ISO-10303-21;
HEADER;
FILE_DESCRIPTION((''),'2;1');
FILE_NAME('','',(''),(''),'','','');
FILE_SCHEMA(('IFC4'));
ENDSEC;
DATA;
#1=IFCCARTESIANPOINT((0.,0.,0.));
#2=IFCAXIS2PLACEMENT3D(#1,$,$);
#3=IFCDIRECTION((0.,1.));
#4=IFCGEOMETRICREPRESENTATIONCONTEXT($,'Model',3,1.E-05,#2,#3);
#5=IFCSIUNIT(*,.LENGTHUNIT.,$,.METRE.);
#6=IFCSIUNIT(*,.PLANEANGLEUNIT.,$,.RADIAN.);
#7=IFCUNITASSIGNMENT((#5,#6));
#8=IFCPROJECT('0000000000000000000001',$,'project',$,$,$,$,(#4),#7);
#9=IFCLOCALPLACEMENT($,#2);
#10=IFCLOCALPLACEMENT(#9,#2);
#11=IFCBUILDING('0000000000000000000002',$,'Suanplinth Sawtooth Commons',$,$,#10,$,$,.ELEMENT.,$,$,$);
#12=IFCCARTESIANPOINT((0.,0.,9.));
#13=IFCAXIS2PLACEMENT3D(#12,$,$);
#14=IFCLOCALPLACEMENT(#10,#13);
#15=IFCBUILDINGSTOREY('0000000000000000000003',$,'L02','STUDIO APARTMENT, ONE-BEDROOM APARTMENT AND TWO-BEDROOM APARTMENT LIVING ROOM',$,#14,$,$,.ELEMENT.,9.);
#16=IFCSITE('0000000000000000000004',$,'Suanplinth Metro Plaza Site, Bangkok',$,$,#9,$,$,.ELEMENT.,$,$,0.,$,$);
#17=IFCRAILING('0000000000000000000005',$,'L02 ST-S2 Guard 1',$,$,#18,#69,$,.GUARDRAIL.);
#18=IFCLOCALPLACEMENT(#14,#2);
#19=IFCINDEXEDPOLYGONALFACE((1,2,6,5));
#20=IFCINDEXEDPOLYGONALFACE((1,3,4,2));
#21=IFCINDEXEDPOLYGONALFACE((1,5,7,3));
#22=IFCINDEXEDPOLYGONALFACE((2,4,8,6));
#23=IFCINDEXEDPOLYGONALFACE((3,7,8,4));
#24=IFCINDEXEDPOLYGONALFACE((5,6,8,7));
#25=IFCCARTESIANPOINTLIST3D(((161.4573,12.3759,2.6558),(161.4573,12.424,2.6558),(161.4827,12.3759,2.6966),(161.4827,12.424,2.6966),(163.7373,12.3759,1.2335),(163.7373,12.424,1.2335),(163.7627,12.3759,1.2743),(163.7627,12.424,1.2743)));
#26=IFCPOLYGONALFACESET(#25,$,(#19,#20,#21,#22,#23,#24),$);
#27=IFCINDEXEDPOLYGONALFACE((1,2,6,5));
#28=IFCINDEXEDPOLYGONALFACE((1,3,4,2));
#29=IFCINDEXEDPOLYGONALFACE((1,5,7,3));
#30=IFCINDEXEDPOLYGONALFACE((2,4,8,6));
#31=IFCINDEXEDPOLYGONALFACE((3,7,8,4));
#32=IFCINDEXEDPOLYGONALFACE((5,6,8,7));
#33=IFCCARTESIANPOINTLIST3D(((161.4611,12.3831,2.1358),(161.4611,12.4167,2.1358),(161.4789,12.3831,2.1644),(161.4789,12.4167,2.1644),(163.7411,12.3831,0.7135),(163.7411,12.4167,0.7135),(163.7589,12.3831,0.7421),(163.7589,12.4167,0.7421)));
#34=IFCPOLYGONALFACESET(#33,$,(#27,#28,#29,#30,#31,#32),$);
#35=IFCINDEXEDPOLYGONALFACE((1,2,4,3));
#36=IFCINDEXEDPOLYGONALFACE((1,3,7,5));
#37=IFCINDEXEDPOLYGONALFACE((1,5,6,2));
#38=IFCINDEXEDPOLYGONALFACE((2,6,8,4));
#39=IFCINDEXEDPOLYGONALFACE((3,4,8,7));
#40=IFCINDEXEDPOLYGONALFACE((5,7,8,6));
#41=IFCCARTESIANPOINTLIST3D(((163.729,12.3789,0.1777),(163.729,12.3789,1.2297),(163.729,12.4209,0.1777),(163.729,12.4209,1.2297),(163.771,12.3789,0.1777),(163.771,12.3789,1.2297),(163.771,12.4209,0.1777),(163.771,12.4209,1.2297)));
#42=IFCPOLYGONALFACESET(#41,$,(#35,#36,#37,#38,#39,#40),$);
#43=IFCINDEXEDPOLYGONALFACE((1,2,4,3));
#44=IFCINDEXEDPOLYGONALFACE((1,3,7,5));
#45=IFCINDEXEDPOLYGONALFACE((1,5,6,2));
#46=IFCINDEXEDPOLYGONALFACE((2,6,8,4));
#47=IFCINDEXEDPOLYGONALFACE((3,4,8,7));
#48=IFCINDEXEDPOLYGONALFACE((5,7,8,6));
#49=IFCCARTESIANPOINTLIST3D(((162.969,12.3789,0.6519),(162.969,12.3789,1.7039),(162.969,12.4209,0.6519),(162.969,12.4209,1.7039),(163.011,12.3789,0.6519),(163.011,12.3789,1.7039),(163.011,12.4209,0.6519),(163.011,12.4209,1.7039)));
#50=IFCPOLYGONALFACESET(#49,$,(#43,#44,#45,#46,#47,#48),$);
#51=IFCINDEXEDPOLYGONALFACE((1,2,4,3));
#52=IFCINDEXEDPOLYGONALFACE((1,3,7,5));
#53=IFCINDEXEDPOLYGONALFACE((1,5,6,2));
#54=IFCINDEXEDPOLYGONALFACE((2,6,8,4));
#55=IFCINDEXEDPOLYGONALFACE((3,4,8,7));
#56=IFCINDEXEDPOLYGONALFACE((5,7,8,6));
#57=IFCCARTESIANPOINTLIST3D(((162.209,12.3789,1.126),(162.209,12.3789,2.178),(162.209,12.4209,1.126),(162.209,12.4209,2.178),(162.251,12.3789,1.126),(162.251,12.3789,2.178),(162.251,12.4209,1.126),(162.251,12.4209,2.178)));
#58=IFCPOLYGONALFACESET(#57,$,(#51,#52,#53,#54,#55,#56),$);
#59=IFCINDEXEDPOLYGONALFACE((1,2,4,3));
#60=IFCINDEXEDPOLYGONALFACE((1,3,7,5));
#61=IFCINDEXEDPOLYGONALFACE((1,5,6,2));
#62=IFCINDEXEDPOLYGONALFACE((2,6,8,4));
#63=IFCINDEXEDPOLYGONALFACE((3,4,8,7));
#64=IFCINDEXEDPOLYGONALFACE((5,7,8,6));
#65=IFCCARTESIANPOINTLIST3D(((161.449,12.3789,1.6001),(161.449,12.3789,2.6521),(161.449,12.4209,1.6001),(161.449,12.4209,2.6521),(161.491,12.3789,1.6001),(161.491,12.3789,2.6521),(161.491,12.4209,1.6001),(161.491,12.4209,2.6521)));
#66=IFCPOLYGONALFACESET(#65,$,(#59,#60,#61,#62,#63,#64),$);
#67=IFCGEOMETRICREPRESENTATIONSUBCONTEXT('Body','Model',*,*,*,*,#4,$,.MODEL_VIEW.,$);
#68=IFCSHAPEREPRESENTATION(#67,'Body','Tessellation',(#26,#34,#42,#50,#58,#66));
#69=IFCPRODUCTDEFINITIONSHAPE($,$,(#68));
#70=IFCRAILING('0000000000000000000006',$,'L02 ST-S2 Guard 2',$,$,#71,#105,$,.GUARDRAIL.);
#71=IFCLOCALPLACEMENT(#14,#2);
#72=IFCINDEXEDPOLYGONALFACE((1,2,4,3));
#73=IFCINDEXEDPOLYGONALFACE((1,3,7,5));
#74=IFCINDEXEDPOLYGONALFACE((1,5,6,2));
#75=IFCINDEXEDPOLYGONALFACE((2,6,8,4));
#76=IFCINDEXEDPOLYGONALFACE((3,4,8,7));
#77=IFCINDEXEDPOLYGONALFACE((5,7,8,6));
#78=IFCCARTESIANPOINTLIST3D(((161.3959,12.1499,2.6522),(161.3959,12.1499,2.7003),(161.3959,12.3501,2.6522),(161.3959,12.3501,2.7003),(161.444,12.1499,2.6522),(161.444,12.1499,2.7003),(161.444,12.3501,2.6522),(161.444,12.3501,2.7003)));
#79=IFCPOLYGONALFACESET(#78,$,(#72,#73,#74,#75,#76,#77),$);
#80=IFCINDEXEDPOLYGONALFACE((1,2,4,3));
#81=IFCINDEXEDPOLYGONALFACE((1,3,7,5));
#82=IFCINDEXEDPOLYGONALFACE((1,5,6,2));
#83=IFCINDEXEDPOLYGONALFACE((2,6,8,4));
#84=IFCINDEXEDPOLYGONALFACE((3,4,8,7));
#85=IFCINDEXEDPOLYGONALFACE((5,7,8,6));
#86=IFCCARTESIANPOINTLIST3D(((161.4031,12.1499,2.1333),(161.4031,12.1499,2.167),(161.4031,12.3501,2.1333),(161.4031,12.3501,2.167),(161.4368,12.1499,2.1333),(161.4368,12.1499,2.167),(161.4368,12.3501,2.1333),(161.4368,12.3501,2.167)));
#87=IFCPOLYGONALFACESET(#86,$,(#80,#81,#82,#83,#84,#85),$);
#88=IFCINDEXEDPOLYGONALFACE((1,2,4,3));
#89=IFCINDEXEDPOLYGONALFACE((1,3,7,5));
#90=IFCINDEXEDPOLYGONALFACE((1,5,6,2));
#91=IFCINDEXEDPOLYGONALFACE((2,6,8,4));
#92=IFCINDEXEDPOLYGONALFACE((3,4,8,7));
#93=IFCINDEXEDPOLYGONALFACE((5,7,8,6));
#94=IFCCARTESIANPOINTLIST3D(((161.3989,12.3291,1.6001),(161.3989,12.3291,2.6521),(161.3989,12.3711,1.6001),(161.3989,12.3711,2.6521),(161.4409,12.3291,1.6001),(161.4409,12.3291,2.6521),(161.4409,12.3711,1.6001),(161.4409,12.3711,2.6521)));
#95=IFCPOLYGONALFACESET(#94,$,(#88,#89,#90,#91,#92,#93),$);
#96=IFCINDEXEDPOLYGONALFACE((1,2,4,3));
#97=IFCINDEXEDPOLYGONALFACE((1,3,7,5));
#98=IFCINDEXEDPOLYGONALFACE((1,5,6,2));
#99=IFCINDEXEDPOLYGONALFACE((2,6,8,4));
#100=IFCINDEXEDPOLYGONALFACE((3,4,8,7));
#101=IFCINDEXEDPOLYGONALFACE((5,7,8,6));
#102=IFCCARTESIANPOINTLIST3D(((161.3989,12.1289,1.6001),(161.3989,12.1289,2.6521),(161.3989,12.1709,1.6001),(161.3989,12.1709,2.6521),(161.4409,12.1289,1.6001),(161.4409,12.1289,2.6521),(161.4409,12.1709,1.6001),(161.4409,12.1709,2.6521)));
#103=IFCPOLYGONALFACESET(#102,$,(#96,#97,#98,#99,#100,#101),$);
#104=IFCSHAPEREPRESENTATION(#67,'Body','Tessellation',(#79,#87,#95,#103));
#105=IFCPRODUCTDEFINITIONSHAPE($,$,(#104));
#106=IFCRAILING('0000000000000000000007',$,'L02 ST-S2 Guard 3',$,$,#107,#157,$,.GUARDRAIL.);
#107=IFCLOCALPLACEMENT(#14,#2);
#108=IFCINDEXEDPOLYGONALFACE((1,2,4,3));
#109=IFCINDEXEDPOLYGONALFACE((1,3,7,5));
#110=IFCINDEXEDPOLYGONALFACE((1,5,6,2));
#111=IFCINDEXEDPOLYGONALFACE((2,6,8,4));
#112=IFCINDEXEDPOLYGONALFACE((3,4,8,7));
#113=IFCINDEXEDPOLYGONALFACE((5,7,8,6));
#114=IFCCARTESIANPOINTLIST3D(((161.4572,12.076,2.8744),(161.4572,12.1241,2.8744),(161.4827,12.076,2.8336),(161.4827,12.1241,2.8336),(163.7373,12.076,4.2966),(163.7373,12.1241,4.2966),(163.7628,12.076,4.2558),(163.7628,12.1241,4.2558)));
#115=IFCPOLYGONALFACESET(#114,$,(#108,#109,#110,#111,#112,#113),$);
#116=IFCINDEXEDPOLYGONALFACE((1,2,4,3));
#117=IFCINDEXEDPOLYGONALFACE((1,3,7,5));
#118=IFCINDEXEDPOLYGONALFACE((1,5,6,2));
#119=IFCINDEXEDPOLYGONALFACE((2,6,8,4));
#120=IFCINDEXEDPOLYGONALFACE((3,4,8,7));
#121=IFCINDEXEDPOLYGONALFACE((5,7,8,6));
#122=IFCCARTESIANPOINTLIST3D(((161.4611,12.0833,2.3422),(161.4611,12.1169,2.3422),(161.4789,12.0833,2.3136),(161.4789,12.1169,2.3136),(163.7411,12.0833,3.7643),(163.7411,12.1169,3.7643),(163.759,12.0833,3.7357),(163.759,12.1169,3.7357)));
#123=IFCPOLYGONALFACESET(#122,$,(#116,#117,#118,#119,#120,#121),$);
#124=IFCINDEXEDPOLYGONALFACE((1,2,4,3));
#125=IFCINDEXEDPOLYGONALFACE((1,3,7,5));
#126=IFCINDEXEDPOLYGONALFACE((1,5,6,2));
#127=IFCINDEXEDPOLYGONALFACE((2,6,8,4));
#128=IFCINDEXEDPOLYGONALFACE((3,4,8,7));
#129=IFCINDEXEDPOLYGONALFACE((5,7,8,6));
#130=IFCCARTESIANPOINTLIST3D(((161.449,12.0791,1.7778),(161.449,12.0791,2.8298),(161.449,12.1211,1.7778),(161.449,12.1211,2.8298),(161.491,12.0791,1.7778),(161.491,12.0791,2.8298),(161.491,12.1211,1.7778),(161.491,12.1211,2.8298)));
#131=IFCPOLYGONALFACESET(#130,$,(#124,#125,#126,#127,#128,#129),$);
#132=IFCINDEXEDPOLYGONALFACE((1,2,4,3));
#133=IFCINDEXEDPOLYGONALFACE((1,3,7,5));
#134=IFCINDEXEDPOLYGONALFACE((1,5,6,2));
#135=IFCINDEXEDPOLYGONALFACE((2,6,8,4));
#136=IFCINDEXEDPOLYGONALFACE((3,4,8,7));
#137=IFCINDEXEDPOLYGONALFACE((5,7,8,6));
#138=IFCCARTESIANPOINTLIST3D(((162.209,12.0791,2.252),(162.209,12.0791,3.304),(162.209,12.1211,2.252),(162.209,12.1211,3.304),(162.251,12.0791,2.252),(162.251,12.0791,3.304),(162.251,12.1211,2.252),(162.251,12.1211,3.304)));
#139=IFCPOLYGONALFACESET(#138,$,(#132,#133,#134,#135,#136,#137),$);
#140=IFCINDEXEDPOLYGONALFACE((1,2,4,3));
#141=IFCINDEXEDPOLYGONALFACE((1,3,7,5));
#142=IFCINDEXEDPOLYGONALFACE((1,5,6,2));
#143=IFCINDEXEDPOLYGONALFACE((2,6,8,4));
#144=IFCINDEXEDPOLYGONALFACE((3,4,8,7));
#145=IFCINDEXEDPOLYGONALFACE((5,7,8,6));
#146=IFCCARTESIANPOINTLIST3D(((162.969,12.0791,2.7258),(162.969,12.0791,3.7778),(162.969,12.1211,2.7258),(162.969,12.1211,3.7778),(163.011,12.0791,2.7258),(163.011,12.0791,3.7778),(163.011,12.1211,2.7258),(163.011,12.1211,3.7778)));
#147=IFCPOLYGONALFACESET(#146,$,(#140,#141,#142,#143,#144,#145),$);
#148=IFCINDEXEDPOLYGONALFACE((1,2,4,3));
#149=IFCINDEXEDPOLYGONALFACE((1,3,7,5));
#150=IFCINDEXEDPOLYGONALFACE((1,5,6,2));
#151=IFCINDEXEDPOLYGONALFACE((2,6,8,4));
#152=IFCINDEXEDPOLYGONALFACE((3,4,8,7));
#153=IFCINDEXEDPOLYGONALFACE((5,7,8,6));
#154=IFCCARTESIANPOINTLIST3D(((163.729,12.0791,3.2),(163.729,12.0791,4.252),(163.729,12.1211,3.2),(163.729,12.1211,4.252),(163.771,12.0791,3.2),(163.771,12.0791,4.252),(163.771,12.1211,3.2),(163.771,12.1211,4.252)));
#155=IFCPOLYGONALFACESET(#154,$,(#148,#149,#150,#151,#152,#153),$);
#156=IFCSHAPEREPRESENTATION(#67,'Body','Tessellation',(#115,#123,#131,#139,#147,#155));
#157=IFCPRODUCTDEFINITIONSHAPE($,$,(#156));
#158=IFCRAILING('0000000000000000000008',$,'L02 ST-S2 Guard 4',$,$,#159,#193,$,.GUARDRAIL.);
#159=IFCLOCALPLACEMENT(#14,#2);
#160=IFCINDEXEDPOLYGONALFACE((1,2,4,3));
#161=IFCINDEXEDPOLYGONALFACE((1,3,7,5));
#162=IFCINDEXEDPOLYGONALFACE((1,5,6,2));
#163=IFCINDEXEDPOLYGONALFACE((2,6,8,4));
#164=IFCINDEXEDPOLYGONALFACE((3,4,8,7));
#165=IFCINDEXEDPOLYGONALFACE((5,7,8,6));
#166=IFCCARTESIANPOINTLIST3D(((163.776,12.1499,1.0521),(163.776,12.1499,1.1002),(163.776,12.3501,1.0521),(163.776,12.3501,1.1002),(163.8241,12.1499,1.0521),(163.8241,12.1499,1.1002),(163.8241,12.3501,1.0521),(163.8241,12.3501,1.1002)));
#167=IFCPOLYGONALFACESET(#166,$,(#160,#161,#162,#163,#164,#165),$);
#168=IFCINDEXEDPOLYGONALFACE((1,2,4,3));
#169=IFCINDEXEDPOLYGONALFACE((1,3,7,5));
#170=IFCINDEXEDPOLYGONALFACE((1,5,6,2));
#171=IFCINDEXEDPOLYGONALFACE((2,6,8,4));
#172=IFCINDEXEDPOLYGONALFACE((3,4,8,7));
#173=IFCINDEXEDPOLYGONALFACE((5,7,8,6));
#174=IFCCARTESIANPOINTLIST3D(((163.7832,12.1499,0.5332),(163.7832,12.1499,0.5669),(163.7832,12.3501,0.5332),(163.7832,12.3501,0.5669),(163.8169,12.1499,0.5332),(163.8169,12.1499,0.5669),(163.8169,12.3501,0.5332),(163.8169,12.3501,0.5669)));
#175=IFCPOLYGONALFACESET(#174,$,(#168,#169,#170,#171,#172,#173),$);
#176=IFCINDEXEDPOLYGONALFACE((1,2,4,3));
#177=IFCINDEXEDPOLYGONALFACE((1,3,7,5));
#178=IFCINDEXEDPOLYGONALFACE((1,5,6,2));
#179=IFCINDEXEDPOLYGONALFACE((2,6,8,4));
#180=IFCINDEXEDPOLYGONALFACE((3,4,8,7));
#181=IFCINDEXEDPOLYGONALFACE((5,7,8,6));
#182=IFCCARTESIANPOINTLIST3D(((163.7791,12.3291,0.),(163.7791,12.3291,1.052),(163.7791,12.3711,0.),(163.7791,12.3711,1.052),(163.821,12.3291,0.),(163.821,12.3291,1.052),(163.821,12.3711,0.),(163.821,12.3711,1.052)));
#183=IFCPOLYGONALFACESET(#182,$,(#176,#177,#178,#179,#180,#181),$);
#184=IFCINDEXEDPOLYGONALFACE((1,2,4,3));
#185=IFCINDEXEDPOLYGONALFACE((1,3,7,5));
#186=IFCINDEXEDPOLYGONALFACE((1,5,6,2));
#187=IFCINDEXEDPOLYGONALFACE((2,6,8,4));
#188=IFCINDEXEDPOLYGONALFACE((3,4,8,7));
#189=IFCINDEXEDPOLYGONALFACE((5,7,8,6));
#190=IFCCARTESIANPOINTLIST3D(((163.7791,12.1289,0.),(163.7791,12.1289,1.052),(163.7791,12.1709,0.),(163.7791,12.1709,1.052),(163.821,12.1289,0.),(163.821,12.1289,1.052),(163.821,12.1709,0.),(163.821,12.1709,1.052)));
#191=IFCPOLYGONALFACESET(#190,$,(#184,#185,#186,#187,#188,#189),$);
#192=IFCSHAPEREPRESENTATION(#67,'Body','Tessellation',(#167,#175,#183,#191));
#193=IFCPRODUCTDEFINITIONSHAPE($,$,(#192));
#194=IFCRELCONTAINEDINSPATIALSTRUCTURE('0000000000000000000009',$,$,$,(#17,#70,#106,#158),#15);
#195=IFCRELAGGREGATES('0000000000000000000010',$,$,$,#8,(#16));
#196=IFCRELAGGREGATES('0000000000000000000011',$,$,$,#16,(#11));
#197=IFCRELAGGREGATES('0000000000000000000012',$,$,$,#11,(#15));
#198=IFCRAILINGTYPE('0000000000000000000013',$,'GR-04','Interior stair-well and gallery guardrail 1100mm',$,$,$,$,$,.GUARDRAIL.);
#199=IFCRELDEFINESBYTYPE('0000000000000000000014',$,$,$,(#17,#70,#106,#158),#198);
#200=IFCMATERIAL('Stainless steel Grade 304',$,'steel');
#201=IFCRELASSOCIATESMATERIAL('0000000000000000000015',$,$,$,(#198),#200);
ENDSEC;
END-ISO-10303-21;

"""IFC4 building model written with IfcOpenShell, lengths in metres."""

from ifc_helpers import new_model, si_unit, direction, frame, origin, origin_2d, place, context, subcontext, project, spatial, rectangle, extrude, material, type_object, element, save


model = new_model("IFC4")

# Units and contexts
model_context = context("Model", 3, precision=1e-05, world=origin(), true_north=direction((0.0, 1.0)))
body_context = subcontext(model_context, "Body", "Model", "MODEL_VIEW")
ifc_project = project(units=[si_unit("LENGTHUNIT", "METRE"), si_unit("PLANEANGLEUNIT", "RADIAN")], contexts=[model_context])

# Site, building, storey
site_placement = place(None, origin())
site = spatial("IfcSite", under=ifc_project, at=site_placement, Name="Suanplinth Metro Plaza Site, Bangkok", CompositionType="ELEMENT", RefElevation=0.0)
building_placement = place(site_placement, origin())
building = spatial("IfcBuilding", under=site, at=building_placement, Name="Suanplinth Sawtooth Commons", CompositionType="ELEMENT")
storey_placement = place(building_placement, frame((0.0, 0.0, 9.0)))
storey = spatial("IfcBuildingStorey", under=building, at=storey_placement, Name="L02", Description="STUDIO APARTMENT, ONE-BEDROOM APARTMENT AND TWO-BEDROOM APARTMENT LIVING ROOM", CompositionType="ELEMENT", Elevation=9.0)

# Railings
ifc_material_1 = material(Name="Stainless steel Grade 304", Category="steel")
railing_type_1 = type_object("IfcRailingType", Name="GR-04", Description="Interior stair-well and gallery guardrail 1100mm", PredefinedType="GUARDRAIL", material=ifc_material_1)
railing_1_placement = place(storey_placement, frame((163.75, 12.3999, 0.1777)))
element("IfcRailing", 1, at=railing_1_placement, inside=storey, type_object=railing_type_1, Name="L02 ST-S2 Guard 1", PredefinedType="GUARDRAIL", context=body_context, shape_type="SweptSolid", body=[
    extrude(rectangle(XDim=0.0481, YDim=0.0481, at=origin_2d()), frame((0.0, 0.0, 1.0762), z_axis=(-0.848442, 0.0, 0.529288), x_axis=(0.0, -1.0, 0.0)), (0.0, 0.0, 1.0), 2.6873),
    extrude(rectangle(XDim=0.0337, YDim=0.0337, at=origin_2d()), frame((0.0, 0.0, 0.55), z_axis=(-0.848442, 0.0, 0.529288), x_axis=(0.0, -1.0, 0.0)), (0.0, 0.0, 1.0), 2.6873),
    extrude(rectangle(XDim=0.042, YDim=0.042, at=origin_2d()), origin(), (0.0, 0.0, 1.0), 1.052),
    extrude(rectangle(XDim=0.042, YDim=0.042, at=origin_2d()), frame((-0.76, 0.0, 0.4741)), (0.0, 0.0, 1.0), 1.052),
    extrude(rectangle(XDim=0.042, YDim=0.042, at=origin_2d()), frame((-1.52, 0.0, 0.9482)), (0.0, 0.0, 1.0), 1.052),
    extrude(rectangle(XDim=0.042, YDim=0.042, at=origin_2d()), frame((-2.28, 0.0, 1.4224)), (0.0, 0.0, 1.0), 1.052),
])
railing_2_placement = place(storey_placement, frame((161.4199, 12.3501, 1.6001)))
element("IfcRailing", 2, at=railing_2_placement, inside=storey, type_object=railing_type_1, Name="L02 ST-S2 Guard 2", PredefinedType="GUARDRAIL", context=body_context, shape_type="SweptSolid", body=[
    extrude(rectangle(XDim=0.0481, YDim=0.0481, at=origin_2d()), frame((0.0, 0.0, 1.0762), z_axis=(0.0, -1.0, 0.0), x_axis=(1.0, 0.0, 0.0)), (0.0, 0.0, 1.0), 0.2002),
    extrude(rectangle(XDim=0.0337, YDim=0.0337, at=origin_2d()), frame((0.0, 0.0, 0.55), z_axis=(0.0, -1.0, 0.0), x_axis=(1.0, 0.0, 0.0)), (0.0, 0.0, 1.0), 0.2002),
    extrude(rectangle(XDim=0.042, YDim=0.042, at=origin_2d()), origin(), (0.0, 0.0, 1.0), 1.052),
    extrude(rectangle(XDim=0.042, YDim=0.042, at=origin_2d()), frame((0.0, -0.2002, 0.0)), (0.0, 0.0, 1.0), 1.052),
])
railing_3_placement = place(storey_placement, frame((161.47, 12.1001, 1.7778)))
element("IfcRailing", 3, at=railing_3_placement, inside=storey, type_object=railing_type_1, Name="L02 ST-S2 Guard 3", PredefinedType="GUARDRAIL", context=body_context, shape_type="SweptSolid", body=[
    extrude(rectangle(XDim=0.0481, YDim=0.0481, at=origin_2d()), frame((0.0, 0.0, 1.0762), z_axis=(0.848483, 0.0, 0.529223), x_axis=(0.0, 1.0, 0.0)), (0.0, 0.0, 1.0), 2.6873),
    extrude(rectangle(XDim=0.0337, YDim=0.0337, at=origin_2d()), frame((0.0, 0.0, 0.55), z_axis=(0.848483, 0.0, 0.529223), x_axis=(0.0, 1.0, 0.0)), (0.0, 0.0, 1.0), 2.6873),
    extrude(rectangle(XDim=0.042, YDim=0.042, at=origin_2d()), origin(), (0.0, 0.0, 1.0), 1.052),
    extrude(rectangle(XDim=0.042, YDim=0.042, at=origin_2d()), frame((0.76, 0.0, 0.4741)), (0.0, 0.0, 1.0), 1.052),
    extrude(rectangle(XDim=0.042, YDim=0.042, at=origin_2d()), frame((1.52, 0.0, 0.948)), (0.0, 0.0, 1.0), 1.052),
    extrude(rectangle(XDim=0.042, YDim=0.042, at=origin_2d()), frame((2.28, 0.0, 1.4221)), (0.0, 0.0, 1.0), 1.052),
])
railing_4_placement = place(storey_placement, frame((163.8, 12.3501, 0.0)))
element("IfcRailing", 4, at=railing_4_placement, inside=storey, type_object=railing_type_1, Name="L02 ST-S2 Guard 4", PredefinedType="GUARDRAIL", context=body_context, shape_type="SweptSolid", body=[
    extrude(rectangle(XDim=0.0481, YDim=0.0481, at=origin_2d()), frame((0.0, 0.0, 1.0762), z_axis=(0.0, -1.0, 0.0), x_axis=(1.0, 0.0, 0.0)), (0.0, 0.0, 1.0), 0.2002),
    extrude(rectangle(XDim=0.0337, YDim=0.0337, at=origin_2d()), frame((0.0, 0.0, 0.55), z_axis=(0.0, -1.0, 0.0), x_axis=(1.0, 0.0, 0.0)), (0.0, 0.0, 1.0), 0.2002),
    extrude(rectangle(XDim=0.042, YDim=0.042, at=origin_2d()), origin(), (0.0, 0.0, 1.0), 1.052),
    extrude(rectangle(XDim=0.042, YDim=0.042, at=origin_2d()), frame((0.0, -0.2002, 0.0)), (0.0, 0.0, 1.0), 1.052),
])

save(model, "model.ifc")
